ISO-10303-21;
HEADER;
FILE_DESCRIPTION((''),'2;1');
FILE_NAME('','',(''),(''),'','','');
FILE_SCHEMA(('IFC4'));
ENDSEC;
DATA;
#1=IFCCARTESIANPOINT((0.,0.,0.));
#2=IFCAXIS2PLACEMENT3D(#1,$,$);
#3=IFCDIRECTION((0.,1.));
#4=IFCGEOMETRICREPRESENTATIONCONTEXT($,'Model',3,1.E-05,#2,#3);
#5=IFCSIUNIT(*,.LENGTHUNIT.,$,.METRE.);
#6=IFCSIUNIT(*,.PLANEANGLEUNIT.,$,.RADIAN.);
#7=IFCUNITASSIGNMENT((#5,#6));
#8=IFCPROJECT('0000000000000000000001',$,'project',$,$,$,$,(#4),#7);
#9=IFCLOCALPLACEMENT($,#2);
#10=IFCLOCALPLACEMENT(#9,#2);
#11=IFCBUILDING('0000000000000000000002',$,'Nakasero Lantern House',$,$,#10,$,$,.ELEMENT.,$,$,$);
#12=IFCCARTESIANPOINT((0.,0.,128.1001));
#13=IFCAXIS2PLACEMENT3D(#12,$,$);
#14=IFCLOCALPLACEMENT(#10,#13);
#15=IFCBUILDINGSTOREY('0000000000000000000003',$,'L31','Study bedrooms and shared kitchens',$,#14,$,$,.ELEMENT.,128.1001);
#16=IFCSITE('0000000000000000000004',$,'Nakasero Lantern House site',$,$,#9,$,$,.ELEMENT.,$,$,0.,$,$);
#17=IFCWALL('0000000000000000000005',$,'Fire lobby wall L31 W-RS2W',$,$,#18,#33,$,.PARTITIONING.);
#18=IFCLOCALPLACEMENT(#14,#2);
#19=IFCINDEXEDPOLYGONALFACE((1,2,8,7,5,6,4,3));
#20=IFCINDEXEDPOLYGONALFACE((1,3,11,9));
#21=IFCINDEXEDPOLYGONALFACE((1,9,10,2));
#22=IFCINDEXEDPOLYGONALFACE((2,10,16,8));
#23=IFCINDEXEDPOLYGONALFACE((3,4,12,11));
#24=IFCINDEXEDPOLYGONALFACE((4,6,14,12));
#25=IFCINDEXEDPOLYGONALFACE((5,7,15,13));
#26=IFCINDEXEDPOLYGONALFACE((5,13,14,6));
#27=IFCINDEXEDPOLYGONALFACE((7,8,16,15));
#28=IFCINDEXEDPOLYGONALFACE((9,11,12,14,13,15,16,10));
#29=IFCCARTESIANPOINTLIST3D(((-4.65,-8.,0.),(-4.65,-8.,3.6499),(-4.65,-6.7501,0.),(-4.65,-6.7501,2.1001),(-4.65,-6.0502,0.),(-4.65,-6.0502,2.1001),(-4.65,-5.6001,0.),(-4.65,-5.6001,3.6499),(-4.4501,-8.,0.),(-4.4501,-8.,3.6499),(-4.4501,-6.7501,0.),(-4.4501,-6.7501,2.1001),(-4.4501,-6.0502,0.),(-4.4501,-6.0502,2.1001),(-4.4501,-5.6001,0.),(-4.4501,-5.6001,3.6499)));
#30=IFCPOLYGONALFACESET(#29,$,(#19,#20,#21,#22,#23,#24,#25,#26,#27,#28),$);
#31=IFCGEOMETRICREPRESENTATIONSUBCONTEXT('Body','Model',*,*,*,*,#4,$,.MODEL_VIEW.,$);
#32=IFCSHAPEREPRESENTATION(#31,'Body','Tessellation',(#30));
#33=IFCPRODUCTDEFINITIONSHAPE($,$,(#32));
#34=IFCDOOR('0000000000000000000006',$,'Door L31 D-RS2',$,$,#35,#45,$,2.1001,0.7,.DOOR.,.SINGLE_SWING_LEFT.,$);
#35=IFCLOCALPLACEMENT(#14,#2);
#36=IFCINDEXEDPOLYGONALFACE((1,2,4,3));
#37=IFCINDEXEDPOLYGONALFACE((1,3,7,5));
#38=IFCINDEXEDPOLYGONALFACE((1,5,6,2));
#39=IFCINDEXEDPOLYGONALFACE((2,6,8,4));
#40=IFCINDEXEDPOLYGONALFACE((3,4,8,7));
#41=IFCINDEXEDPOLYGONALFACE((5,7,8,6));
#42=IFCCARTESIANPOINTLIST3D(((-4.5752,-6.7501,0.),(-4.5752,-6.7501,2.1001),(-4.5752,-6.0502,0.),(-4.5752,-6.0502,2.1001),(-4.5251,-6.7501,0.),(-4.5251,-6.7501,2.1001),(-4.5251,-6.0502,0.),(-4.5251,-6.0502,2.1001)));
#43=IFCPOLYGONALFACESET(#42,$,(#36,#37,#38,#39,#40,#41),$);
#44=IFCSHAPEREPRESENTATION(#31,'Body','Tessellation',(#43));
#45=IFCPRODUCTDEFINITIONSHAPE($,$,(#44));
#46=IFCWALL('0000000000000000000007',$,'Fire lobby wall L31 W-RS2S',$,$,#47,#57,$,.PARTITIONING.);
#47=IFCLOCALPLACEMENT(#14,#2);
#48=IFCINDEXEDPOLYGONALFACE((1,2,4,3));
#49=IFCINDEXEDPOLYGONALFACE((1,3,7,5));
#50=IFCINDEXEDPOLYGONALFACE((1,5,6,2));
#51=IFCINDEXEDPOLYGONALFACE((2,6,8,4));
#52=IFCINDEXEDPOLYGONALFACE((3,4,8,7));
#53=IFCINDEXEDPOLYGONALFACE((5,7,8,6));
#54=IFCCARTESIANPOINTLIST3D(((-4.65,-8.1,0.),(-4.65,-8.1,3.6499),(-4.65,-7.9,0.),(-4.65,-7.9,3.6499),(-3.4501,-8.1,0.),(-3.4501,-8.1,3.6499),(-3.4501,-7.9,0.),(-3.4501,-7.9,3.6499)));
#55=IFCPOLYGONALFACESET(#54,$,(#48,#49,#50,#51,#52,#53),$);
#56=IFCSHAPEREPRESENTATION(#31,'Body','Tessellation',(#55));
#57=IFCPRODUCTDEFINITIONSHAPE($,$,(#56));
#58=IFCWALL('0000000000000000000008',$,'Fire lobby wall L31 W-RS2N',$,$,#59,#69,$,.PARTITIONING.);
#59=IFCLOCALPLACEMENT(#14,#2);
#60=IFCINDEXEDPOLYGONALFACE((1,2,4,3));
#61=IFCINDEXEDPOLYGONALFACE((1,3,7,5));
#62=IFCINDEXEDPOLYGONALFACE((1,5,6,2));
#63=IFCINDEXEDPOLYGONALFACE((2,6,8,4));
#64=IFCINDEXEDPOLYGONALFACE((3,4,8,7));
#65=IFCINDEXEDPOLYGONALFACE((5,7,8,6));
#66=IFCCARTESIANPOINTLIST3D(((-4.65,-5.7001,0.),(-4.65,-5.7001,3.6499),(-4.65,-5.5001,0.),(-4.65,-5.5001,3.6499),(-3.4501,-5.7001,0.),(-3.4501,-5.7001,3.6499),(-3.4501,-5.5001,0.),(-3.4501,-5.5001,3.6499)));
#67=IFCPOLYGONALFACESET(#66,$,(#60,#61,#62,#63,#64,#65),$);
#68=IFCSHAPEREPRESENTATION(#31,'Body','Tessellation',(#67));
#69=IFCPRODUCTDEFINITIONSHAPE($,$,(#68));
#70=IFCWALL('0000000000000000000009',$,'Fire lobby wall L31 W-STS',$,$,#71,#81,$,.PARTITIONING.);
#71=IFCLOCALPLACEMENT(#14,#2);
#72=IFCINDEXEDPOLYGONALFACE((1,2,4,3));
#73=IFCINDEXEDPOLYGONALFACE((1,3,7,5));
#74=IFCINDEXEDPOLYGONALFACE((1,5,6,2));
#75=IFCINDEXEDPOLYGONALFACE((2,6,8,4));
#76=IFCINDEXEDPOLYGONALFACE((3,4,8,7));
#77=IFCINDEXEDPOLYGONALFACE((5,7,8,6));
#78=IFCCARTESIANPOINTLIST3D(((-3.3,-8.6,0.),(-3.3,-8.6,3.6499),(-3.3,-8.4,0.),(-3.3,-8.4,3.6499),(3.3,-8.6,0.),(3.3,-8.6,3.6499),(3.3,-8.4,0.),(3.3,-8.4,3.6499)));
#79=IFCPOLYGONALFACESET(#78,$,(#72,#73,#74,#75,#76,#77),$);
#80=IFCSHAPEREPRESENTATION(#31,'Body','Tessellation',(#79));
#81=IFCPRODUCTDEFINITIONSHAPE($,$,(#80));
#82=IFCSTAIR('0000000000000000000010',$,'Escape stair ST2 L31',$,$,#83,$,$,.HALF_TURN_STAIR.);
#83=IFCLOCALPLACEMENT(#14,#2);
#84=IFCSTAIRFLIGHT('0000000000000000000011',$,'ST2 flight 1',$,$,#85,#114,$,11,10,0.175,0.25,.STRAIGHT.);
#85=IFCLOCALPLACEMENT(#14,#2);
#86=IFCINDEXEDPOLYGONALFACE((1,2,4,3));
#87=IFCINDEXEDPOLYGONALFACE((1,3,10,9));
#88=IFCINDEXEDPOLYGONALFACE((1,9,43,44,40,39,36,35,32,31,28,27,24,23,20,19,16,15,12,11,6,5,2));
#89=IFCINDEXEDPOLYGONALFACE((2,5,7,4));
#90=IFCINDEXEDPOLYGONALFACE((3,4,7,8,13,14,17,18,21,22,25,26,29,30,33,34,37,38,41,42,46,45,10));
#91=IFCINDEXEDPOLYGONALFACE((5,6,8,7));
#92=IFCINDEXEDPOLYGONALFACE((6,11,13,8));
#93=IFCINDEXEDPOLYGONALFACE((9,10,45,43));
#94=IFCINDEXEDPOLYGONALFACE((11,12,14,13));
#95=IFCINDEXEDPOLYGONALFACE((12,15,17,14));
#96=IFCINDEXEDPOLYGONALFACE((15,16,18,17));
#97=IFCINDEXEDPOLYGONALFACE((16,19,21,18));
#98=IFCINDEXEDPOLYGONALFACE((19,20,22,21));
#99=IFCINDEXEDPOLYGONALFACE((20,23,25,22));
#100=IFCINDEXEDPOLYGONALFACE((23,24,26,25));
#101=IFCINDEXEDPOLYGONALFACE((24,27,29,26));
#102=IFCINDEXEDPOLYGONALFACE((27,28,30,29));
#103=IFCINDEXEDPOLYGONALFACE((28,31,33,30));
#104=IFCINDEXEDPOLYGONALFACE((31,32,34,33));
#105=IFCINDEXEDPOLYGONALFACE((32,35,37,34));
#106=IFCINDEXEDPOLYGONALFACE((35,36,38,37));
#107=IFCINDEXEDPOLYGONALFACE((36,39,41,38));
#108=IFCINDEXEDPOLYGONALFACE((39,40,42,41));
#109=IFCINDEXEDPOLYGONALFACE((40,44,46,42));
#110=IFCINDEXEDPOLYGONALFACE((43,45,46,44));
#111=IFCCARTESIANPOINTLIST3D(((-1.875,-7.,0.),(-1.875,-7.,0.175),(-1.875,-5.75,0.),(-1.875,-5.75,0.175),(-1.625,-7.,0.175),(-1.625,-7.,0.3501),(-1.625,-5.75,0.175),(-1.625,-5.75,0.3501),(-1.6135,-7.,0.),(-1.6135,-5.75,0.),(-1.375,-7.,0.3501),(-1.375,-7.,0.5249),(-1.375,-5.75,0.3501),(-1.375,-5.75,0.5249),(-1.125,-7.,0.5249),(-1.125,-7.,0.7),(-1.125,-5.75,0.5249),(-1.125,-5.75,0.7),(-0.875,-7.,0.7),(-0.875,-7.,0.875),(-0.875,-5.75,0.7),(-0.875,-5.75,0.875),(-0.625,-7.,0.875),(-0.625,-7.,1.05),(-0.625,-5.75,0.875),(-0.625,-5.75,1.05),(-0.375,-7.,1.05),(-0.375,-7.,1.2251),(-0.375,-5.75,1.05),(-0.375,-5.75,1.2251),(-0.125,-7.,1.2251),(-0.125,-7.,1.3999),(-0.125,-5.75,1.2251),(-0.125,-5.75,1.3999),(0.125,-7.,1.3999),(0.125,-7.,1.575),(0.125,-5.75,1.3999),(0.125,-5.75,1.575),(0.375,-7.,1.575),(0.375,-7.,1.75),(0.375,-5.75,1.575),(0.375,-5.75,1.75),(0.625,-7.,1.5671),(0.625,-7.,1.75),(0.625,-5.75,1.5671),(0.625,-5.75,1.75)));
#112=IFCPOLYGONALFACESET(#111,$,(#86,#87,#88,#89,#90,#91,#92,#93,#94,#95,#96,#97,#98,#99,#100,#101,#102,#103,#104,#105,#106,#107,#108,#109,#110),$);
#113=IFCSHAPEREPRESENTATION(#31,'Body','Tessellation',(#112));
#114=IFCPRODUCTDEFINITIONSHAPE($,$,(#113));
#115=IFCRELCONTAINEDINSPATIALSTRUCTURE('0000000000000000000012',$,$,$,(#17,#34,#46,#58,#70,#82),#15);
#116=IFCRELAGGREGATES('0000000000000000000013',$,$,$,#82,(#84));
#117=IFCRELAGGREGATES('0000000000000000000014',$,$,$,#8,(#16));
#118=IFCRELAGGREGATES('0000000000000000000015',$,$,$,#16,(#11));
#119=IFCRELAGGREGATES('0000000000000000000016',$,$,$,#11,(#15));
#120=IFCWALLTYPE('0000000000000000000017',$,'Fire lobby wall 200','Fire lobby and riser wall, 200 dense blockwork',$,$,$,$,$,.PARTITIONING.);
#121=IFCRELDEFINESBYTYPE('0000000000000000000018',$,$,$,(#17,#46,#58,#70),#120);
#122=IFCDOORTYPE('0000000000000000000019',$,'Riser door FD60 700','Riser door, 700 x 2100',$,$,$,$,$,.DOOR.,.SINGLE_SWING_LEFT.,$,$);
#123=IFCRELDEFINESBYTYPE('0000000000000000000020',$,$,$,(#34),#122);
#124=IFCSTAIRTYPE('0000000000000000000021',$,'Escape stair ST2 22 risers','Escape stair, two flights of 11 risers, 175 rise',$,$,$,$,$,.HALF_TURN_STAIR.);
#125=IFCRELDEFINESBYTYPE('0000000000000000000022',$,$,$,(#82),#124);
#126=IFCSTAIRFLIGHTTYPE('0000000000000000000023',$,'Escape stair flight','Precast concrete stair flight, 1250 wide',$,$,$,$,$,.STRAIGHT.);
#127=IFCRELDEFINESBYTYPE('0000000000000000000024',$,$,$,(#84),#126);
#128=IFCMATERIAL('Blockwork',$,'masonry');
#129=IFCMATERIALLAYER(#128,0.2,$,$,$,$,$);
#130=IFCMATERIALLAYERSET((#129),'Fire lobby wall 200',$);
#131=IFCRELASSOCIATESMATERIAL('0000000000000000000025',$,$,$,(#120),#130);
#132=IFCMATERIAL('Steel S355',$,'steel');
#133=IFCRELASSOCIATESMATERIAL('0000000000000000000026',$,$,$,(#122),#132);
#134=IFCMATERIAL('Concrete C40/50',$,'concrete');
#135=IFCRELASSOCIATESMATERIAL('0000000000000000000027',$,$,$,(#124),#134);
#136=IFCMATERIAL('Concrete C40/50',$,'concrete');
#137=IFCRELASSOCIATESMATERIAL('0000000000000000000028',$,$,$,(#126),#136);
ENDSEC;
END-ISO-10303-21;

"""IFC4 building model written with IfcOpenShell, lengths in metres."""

from ifc_helpers import new_model, si_unit, direction, frame, frame_2d, origin, place, context, subcontext, project, spatial, polyline, rectangle, outline, extrude, material, layer, layer_set, type_object, element, fill, aggregate, save


model = new_model("IFC4")

# Units and contexts
model_context = context("Model", 3, precision=1e-05, world=origin(), true_north=direction((0.0, 1.0)))
body_context = subcontext(model_context, "Body", "Model", "MODEL_VIEW")
ifc_project = project(units=[si_unit("LENGTHUNIT", "METRE"), si_unit("PLANEANGLEUNIT", "RADIAN")], contexts=[model_context])

# Site, building, storey
site_placement = place(None, origin())
site = spatial("IfcSite", under=ifc_project, at=site_placement, Name="Nakasero Lantern House site", CompositionType="ELEMENT", RefElevation=0.0)
building_placement = place(site_placement, origin())
building = spatial("IfcBuilding", under=site, at=building_placement, Name="Nakasero Lantern House", CompositionType="ELEMENT")
storey_placement = place(building_placement, frame((0.0, 0.0, 128.1001)))
storey = spatial("IfcBuildingStorey", under=building, at=storey_placement, Name="L31", Description="Study bedrooms and shared kitchens", CompositionType="ELEMENT", Elevation=128.1001)

# Wall, opening, door
ifc_material_1 = material(Name="Blockwork", Category="masonry")
ifc_layer_1 = layer(ifc_material_1, 0.2)
ifc_layer_set_1 = layer_set([ifc_layer_1], Name="Fire lobby wall 200")
wall_type_1 = type_object("IfcWallType", Name="Fire lobby wall 200", Description="Fire lobby and riser wall, 200 dense blockwork", PredefinedType="PARTITIONING", material=ifc_layer_set_1)
wall_1_placement = place(storey_placement, frame((-4.55, -5.6001, 0.0), z_axis=(0.0, 0.0, 1.0), x_axis=(0.0, -1.0, 0.0)))
wall_1 = element("IfcWall", 1, at=wall_1_placement, inside=storey, type_object=wall_type_1, Name="Fire lobby wall L31 W-RS2W", PredefinedType="PARTITIONING", context=body_context, shape_type="SweptSolid", body=[
    extrude(rectangle(XDim=2.3999, YDim=0.2, at=frame_2d((1.2, 0.0))), origin(), (0.0, 0.0, 1.0), 3.6499),
])
opening_1_placement = place(wall_1_placement, frame((0.45, 0.0, 0.0)))
opening_1 = element("IfcOpeningElement", 2, at=opening_1_placement, cuts=wall_1, PredefinedType="OPENING", context=body_context, shape_type="SweptSolid", body=[
    extrude(rectangle(XDim=0.7, YDim=2.1001, at=frame_2d((0.3501, 1.05))), frame((0.0, 0.1199, 0.0), z_axis=(0.0, -1.0, 0.0), x_axis=(1.0, 0.0, 0.0)), (0.0, 0.0, 1.0), 0.24),
])
ifc_material_2 = material(Name="Steel S355", Category="steel")
door_type_1 = type_object("IfcDoorType", Name="Riser door FD60 700", Description="Riser door, 700 x 2100", OperationType="SINGLE_SWING_LEFT", PredefinedType="DOOR", material=ifc_material_2)
door_1_placement = place(opening_1_placement, origin())
door_1 = element("IfcDoor", 3, at=door_1_placement, inside=storey, type_object=door_type_1, Name="Door L31 D-RS2", OperationType="SINGLE_SWING_LEFT", OverallHeight=2.1001, OverallWidth=0.7, PredefinedType="DOOR", context=body_context, shape_type="SweptSolid", body=[
    extrude(rectangle(XDim=0.7, YDim=2.1001, at=frame_2d((0.3501, 1.05))), frame((0.0, 0.0249, 0.0), z_axis=(0.0, -1.0, 0.0), x_axis=(1.0, 0.0, 0.0)), (0.0, 0.0, 1.0), 0.05),
])
fill(opening_1, door_1)

# Walls
for number, where, z_axis, x_axis, name in (
    (4, (-3.45, -8.0, 0.0), (0.0, 0.0, 1.0), (-1.0, 0.0, 0.0), "Fire lobby wall L31 W-RS2S"),
    (5, (-3.45, -5.6001, 0.0), (0.0, 0.0, 1.0), (-1.0, 0.0, 0.0), "Fire lobby wall L31 W-RS2N"),
):
    element("IfcWall", number, at=place(storey_placement, frame(where, z_axis=z_axis, x_axis=x_axis)), inside=storey, type_object=wall_type_1, Name=name, PredefinedType="PARTITIONING", context=body_context, shape_type="SweptSolid", body=[
        extrude(rectangle(XDim=1.2, YDim=0.2, at=frame_2d((0.6001, 0.0))), origin(), (0.0, 0.0, 1.0), 3.6499),
    ])
wall_2_placement = place(storey_placement, frame((-3.3, -8.5, 0.0), z_axis=(0.0, 0.0, 1.0), x_axis=(1.0, 0.0, 0.0)))
element("IfcWall", 6, at=wall_2_placement, inside=storey, type_object=wall_type_1, Name="Fire lobby wall L31 W-STS", PredefinedType="PARTITIONING", context=body_context, shape_type="SweptSolid", body=[
    extrude(rectangle(XDim=6.6001, YDim=0.2, at=frame_2d((3.3, 0.0))), origin(), (0.0, 0.0, 1.0), 3.6499),
])

# Stair, stair flight
ifc_material_3 = material(Name="Concrete C40/50", Category="concrete")
stair_type = type_object("IfcStairType", Name="Escape stair ST2 22 risers", Description="Escape stair, two flights of 11 risers, 175 rise", PredefinedType="HALF_TURN_STAIR", material=ifc_material_3)
stair_placement = place(storey_placement, origin())
stair = element("IfcStair", 7, at=stair_placement, inside=storey, type_object=stair_type, Name="Escape stair ST2 L31", PredefinedType="HALF_TURN_STAIR")
ifc_material_4 = material(Name="Concrete C40/50", Category="concrete")
stair_flight_type = type_object("IfcStairFlightType", Name="Escape stair flight", Description="Precast concrete stair flight, 1250 wide", PredefinedType="STRAIGHT", material=ifc_material_4)
stair_flight_placement = place(storey_placement, frame((-1.875, -6.375, 0.0), z_axis=(0.0, 0.0, 1.0), x_axis=(1.0, 0.0, 0.0)))
stair_flight = element("IfcStairFlight", 8, at=stair_flight_placement, type_object=stair_flight_type, Name="ST2 flight 1", NumberOfRisers=11, NumberOfTreads=10, PredefinedType="STRAIGHT", RiserHeight=0.175, TreadLength=0.25, context=body_context, shape_type="SweptSolid", body=[
    extrude(outline(polyline([(0.0, 0.0), (0.0, 0.175), (0.25, 0.175), (0.25, 0.3501), (0.5, 0.3501), (0.5, 0.5249), (0.75, 0.5249), (0.75, 0.7), (1.0, 0.7), (1.0, 0.875), (1.25, 0.875), (1.25, 1.05), (1.5, 1.05), (1.5, 1.2251), (1.75, 1.2251), (1.75, 1.3999), (2.0, 1.3999), (2.0, 1.575), (2.25, 1.575), (2.25, 1.75), (2.5, 1.75), (2.5, 1.925), (2.5, 1.5671), (0.2615, 0.0), (0.0, 0.0)])), frame((0.0, 0.625, 0.0), z_axis=(0.0, -1.0, 0.0), x_axis=(1.0, 0.0, 0.0)), (0.0, 0.0, 1.0), 1.25),
])
aggregate(stair, [stair_flight])

save(model, "model.ifc")
